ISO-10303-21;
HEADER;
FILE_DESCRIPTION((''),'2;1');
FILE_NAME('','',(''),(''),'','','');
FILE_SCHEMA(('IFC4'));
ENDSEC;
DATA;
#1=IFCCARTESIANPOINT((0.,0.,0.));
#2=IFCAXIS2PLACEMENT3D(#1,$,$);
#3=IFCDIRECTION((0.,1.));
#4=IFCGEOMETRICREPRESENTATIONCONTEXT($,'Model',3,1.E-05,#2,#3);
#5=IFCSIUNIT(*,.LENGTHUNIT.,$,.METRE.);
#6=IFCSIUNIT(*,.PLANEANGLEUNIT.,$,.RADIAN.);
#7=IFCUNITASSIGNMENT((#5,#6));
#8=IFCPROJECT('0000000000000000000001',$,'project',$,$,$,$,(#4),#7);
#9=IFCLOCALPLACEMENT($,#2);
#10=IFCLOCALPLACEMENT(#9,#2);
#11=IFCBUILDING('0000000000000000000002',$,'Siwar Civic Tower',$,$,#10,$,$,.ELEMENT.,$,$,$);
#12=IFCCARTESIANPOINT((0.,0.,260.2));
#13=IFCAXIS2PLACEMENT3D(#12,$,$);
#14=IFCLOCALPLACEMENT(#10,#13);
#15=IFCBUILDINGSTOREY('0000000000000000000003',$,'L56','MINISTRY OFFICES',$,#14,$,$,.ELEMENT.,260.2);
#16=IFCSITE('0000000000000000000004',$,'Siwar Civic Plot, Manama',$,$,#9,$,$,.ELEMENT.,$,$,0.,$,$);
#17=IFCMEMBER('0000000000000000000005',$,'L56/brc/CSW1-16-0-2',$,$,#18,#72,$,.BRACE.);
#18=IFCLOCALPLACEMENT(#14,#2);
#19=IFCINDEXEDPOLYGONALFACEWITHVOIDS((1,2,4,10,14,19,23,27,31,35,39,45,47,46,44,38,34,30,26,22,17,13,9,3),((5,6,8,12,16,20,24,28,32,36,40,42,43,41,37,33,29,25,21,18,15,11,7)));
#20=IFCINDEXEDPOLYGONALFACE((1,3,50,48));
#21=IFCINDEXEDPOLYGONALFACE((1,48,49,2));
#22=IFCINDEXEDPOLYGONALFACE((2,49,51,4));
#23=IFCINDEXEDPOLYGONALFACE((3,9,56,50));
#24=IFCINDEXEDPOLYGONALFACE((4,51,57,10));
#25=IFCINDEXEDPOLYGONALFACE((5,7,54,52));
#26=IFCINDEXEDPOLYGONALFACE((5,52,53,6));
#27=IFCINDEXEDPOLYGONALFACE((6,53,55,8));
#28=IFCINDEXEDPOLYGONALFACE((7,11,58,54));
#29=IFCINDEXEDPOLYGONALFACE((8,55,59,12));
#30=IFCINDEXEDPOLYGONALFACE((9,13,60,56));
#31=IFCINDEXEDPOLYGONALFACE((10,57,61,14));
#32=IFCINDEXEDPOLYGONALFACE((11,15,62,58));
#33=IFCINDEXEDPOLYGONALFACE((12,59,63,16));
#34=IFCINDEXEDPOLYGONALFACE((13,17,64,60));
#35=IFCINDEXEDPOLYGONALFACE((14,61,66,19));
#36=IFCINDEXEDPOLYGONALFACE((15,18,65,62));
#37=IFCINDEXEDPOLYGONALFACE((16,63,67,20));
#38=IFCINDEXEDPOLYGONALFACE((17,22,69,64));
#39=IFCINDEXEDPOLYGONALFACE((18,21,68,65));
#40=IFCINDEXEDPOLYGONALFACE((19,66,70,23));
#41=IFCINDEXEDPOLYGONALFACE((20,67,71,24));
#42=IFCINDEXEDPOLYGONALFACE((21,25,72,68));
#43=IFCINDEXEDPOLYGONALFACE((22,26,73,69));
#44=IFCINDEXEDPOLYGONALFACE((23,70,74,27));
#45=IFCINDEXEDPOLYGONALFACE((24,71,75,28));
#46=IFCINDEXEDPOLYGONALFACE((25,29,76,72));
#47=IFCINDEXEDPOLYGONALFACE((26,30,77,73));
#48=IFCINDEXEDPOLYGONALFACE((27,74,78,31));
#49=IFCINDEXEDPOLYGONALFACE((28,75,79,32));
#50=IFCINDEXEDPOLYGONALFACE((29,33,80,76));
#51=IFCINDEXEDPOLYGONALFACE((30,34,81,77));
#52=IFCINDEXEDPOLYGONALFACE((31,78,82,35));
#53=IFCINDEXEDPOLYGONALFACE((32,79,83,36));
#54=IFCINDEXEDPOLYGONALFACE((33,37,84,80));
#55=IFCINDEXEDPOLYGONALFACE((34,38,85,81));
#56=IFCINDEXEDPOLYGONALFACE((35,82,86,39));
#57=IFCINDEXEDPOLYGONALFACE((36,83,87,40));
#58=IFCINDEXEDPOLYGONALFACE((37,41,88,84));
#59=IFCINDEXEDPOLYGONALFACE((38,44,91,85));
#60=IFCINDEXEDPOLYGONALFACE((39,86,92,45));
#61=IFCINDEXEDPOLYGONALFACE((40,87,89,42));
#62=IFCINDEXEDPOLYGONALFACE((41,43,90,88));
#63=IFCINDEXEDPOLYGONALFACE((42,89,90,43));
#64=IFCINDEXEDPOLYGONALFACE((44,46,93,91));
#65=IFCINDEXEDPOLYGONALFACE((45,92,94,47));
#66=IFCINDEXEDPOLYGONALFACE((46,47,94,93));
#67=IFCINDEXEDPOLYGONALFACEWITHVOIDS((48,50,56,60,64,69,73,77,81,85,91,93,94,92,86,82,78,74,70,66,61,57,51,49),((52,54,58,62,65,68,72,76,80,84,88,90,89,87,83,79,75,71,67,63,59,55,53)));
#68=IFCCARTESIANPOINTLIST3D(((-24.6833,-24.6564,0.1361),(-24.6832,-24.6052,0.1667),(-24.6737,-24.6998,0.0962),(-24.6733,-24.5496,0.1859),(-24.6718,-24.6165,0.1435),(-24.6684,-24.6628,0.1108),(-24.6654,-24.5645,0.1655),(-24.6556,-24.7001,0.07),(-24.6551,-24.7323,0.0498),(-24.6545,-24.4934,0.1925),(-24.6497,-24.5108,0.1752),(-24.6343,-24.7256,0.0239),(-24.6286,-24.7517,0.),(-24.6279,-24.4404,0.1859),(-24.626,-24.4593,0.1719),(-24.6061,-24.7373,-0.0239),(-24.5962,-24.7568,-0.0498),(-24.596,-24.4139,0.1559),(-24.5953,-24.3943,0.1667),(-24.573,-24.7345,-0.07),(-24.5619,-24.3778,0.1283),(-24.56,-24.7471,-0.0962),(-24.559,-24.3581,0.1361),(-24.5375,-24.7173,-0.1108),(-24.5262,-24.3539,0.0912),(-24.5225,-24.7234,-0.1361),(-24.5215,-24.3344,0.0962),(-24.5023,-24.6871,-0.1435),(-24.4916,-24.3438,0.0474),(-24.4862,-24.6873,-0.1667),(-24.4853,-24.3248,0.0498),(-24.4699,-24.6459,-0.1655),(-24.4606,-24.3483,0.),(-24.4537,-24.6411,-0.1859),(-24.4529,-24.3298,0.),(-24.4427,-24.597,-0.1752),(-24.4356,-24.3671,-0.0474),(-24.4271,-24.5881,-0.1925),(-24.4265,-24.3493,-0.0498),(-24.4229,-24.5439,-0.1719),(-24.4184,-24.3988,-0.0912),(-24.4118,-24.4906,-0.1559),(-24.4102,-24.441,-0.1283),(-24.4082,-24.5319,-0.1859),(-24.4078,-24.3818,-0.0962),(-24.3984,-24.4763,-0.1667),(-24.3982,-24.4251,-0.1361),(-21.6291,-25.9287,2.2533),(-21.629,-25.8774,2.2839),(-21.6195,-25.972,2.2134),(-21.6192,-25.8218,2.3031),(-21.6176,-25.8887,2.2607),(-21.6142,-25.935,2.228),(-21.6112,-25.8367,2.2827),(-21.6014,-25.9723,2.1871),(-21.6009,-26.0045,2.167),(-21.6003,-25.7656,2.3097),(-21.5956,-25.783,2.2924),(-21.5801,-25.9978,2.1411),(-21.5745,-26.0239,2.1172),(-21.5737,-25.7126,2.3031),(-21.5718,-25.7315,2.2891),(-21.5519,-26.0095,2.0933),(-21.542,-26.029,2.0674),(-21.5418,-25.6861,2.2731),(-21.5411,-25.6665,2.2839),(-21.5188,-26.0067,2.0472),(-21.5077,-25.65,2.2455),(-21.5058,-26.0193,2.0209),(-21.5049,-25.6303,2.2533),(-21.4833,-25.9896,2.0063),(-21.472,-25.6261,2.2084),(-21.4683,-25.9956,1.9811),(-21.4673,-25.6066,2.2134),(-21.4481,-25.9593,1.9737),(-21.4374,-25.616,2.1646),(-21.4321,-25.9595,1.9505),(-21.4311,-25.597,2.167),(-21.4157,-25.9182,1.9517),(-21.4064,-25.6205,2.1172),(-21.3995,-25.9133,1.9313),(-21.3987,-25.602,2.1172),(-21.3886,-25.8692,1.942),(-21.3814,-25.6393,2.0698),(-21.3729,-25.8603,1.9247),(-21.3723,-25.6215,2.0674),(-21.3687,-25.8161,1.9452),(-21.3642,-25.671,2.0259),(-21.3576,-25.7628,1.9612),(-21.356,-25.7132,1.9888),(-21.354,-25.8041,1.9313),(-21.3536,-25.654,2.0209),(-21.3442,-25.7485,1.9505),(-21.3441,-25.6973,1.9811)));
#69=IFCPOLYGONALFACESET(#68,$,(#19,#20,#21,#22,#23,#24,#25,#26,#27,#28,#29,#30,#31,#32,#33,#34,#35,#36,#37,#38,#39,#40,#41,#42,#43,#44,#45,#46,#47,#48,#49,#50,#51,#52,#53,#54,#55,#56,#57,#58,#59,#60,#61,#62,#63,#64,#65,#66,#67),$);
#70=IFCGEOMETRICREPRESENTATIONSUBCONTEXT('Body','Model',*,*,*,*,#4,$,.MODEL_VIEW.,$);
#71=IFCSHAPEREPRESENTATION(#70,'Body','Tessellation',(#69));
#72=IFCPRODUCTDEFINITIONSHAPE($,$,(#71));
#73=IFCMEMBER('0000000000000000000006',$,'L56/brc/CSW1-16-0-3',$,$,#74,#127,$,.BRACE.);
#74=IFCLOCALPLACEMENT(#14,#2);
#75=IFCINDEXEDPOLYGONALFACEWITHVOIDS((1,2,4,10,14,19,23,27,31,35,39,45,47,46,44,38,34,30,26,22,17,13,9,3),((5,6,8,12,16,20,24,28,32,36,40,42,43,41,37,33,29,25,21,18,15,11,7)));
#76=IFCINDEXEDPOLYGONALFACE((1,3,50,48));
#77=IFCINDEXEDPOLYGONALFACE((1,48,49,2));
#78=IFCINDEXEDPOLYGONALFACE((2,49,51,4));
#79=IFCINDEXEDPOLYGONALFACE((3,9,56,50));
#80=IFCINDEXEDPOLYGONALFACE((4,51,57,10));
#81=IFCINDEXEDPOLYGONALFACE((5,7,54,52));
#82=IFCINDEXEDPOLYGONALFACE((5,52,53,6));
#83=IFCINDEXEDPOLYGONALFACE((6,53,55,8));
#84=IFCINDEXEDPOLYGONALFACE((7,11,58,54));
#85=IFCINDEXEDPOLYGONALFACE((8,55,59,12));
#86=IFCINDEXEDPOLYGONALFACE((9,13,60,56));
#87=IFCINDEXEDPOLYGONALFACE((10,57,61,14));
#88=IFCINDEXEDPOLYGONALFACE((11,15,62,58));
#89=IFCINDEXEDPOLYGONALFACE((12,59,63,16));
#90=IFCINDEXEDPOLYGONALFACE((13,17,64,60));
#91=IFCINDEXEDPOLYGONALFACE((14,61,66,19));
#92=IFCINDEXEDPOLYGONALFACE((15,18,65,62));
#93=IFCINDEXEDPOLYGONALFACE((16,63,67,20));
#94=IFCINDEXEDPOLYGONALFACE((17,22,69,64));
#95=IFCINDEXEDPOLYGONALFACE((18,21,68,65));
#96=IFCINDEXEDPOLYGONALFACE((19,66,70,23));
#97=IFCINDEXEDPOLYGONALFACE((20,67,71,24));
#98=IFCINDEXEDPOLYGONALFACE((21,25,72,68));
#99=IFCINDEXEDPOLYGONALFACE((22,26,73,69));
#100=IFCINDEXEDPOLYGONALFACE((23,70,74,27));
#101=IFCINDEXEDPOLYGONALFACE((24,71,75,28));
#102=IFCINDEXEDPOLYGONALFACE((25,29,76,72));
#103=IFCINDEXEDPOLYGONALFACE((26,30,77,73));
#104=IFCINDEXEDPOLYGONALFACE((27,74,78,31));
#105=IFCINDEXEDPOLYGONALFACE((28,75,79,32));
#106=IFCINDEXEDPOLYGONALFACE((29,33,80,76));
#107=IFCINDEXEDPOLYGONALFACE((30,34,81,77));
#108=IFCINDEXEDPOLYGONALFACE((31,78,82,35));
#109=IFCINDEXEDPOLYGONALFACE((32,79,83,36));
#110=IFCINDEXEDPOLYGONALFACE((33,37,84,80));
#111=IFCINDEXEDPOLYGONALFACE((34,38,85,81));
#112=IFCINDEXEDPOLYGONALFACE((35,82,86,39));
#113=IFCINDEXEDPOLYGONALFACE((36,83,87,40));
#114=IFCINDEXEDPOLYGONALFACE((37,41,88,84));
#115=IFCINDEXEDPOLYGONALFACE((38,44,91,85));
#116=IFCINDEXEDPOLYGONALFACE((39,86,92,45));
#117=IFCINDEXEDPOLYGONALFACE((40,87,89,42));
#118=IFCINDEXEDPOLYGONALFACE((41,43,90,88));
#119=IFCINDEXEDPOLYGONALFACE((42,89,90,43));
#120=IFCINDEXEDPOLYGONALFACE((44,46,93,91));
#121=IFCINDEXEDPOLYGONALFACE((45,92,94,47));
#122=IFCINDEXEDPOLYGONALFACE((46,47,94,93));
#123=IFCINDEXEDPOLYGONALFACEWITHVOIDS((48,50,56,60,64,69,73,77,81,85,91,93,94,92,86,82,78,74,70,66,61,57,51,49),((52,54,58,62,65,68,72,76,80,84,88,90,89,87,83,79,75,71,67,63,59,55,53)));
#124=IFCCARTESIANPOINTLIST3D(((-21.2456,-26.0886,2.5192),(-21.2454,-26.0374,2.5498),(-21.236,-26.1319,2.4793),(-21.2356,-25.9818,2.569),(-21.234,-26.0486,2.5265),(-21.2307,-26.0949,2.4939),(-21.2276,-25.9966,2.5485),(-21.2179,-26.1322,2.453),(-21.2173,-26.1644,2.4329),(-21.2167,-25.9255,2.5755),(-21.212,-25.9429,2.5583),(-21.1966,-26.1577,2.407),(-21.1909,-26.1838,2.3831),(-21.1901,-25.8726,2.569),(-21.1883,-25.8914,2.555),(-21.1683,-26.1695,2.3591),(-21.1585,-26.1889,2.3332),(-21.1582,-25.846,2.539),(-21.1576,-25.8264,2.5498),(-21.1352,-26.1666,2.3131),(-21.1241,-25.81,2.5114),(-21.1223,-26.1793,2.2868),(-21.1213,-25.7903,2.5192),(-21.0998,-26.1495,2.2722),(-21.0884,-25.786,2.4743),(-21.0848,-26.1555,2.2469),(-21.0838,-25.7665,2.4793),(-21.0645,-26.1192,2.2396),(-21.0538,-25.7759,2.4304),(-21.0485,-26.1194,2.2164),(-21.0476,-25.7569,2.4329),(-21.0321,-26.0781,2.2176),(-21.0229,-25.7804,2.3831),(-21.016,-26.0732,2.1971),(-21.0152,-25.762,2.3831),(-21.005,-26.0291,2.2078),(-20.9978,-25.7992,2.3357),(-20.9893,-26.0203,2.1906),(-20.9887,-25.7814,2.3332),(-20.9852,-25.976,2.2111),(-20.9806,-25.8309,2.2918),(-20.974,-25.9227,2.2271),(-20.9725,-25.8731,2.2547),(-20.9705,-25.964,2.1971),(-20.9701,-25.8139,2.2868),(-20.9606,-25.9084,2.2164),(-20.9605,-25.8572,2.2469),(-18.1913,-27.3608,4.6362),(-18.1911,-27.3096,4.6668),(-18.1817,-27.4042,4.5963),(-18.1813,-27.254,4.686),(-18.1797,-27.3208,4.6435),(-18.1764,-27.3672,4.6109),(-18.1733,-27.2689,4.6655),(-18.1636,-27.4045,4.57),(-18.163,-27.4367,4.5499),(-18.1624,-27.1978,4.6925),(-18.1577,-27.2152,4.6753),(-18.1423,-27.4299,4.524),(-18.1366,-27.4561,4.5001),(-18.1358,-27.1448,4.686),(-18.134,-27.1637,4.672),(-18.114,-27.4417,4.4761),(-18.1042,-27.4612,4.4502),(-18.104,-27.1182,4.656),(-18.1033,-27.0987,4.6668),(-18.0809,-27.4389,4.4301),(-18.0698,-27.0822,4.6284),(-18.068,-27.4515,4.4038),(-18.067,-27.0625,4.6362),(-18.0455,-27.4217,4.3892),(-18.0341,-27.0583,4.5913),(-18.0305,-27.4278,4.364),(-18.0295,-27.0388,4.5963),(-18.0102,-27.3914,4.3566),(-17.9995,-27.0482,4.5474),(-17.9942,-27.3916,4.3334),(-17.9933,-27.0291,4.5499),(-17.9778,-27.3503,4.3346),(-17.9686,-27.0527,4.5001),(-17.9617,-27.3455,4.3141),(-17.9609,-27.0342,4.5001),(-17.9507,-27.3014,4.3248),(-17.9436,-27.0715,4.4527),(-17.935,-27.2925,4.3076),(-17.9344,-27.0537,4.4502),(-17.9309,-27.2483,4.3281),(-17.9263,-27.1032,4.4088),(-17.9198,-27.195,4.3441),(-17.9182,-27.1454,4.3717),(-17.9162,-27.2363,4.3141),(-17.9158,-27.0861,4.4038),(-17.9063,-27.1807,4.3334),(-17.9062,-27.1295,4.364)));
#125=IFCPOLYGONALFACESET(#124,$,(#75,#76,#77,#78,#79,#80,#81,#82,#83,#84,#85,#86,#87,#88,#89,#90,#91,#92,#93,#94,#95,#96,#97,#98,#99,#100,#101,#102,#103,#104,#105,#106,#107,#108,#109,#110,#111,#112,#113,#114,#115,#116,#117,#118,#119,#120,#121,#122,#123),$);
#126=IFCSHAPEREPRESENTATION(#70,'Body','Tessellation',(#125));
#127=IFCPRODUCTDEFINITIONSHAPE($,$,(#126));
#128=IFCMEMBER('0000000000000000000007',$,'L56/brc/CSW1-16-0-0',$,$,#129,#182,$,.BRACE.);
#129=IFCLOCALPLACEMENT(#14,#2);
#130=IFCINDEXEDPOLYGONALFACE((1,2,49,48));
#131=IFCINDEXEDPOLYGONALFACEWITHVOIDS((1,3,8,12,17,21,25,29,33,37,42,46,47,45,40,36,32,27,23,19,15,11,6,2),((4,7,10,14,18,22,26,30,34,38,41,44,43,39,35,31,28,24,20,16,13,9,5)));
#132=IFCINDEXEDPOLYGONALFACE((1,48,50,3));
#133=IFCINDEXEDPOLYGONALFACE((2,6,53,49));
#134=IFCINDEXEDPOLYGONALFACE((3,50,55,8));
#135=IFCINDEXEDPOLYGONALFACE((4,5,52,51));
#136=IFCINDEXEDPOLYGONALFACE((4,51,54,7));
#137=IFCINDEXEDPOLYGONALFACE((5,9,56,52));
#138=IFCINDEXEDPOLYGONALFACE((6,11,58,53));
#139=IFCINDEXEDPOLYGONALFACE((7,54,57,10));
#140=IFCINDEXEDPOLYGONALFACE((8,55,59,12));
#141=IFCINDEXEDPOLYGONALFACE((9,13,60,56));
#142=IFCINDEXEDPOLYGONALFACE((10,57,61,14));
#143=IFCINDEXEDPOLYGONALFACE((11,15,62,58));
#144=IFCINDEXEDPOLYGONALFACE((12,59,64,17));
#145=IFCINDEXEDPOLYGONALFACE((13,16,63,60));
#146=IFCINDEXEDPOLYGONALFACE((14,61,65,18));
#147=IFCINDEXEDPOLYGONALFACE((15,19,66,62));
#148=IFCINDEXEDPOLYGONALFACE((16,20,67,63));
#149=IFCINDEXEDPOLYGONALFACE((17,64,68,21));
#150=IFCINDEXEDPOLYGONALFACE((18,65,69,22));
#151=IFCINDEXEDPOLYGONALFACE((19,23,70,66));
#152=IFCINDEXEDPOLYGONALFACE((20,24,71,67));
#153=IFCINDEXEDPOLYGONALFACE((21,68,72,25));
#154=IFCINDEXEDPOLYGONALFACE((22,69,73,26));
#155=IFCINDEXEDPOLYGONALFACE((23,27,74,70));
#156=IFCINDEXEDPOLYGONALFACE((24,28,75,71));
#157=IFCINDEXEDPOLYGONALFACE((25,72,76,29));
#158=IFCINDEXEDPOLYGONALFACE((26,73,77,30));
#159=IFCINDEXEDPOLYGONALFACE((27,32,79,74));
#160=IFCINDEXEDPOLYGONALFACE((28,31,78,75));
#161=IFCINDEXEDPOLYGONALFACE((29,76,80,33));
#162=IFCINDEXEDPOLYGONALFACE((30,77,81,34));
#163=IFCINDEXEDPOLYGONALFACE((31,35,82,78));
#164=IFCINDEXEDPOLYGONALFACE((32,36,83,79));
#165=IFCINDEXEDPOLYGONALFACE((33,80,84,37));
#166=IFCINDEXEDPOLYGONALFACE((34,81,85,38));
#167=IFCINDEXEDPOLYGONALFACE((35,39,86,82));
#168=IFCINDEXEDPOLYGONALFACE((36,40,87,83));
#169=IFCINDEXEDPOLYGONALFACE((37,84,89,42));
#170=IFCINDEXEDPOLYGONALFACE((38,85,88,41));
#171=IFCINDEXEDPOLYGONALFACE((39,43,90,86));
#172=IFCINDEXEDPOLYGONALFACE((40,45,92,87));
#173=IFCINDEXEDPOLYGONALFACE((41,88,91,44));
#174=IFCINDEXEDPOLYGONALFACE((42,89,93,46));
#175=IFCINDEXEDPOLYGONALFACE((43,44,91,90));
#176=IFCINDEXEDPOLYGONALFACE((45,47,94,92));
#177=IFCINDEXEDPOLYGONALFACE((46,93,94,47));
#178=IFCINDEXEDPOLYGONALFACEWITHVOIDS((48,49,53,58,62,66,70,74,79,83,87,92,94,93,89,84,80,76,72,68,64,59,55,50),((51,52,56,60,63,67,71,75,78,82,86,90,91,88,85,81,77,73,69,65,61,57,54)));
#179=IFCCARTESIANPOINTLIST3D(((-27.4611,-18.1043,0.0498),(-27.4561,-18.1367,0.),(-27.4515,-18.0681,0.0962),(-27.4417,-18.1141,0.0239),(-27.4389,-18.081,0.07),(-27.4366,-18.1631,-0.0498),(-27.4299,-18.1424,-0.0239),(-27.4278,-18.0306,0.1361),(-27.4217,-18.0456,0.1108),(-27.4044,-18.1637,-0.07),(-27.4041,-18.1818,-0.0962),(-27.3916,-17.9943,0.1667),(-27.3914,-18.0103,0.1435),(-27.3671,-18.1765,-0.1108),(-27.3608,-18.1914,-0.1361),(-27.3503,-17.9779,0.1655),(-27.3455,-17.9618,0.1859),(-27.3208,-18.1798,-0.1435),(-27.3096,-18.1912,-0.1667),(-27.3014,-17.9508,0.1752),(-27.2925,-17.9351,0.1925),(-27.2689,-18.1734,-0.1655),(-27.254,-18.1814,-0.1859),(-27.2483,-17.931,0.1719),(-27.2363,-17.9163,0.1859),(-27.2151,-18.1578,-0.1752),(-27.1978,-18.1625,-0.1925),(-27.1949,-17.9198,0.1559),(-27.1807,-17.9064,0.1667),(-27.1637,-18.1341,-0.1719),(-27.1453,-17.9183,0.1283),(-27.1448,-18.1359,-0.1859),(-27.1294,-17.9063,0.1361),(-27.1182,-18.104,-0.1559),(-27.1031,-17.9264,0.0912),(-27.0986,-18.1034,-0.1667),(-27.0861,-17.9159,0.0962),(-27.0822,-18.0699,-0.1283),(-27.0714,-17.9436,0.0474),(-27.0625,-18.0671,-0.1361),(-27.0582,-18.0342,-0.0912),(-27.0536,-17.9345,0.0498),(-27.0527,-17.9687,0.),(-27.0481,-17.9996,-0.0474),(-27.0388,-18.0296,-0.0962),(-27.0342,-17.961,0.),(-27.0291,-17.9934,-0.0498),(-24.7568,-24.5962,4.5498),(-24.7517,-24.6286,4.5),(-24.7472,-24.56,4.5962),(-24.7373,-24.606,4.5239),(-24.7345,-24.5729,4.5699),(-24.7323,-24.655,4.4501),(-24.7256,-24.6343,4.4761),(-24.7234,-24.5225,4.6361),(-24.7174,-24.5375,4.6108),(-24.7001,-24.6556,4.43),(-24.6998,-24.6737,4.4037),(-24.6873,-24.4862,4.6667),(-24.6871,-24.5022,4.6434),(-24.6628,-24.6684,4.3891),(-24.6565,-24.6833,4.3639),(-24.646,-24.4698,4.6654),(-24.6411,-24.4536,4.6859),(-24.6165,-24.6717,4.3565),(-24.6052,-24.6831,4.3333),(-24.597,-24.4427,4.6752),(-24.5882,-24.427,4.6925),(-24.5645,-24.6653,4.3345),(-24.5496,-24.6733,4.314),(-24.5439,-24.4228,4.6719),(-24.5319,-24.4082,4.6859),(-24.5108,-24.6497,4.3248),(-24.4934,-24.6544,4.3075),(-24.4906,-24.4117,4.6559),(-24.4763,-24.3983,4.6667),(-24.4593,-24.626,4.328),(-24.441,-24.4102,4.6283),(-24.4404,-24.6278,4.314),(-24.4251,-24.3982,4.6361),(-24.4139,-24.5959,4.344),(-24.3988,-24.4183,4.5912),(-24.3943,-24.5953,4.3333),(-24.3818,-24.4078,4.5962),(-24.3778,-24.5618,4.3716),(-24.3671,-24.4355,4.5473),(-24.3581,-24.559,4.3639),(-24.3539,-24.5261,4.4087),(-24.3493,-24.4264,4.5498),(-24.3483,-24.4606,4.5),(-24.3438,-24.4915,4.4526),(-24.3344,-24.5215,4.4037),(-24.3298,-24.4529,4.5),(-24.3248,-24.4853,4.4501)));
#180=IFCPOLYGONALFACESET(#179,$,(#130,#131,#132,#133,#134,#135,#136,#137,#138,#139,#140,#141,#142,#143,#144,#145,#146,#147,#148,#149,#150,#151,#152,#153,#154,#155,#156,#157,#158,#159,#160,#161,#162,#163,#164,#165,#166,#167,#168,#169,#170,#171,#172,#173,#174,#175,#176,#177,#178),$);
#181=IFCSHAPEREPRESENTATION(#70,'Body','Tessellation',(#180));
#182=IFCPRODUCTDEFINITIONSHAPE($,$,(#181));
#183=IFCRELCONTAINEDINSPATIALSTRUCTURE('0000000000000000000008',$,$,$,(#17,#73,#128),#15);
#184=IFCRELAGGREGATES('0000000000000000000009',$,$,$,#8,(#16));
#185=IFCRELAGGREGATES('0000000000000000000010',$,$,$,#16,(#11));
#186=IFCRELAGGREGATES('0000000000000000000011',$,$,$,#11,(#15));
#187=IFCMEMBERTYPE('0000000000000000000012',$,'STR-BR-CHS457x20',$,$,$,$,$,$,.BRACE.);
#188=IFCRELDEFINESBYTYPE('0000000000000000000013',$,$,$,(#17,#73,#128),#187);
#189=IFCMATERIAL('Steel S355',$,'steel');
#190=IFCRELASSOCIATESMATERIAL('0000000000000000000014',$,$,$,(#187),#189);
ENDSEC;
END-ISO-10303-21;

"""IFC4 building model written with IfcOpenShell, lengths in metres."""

from ifc_helpers import new_model, si_unit, direction, frame, origin, origin_2d, place, context, subcontext, project, spatial, hollow_circle, extrude, material, material_profile, profile_set, type_object, element, save


model = new_model("IFC4")

# Units and contexts
model_context = context("Model", 3, precision=1e-05, world=origin(), true_north=direction((0.0, 1.0)))
body_context = subcontext(model_context, "Body", "Model", "MODEL_VIEW")
ifc_project = project(units=[si_unit("LENGTHUNIT", "METRE"), si_unit("PLANEANGLEUNIT", "RADIAN")], contexts=[model_context])

# Site, building, storey
site_placement = place(None, origin())
site = spatial("IfcSite", under=ifc_project, at=site_placement, Name="Siwar Civic Plot, Manama", CompositionType="ELEMENT", RefElevation=0.0)
building_placement = place(site_placement, origin())
building = spatial("IfcBuilding", under=site, at=building_placement, Name="Siwar Civic Tower", CompositionType="ELEMENT")
storey_placement = place(building_placement, frame((0.0, 0.0, 260.2)))
storey = spatial("IfcBuildingStorey", under=building, at=storey_placement, Name="L56", Description="MINISTRY OFFICES", CompositionType="ELEMENT", Elevation=260.2)

# Members
ifc_material_1 = material(Name="Steel S355", Category="steel")
ifc_material_profile_1 = material_profile(ifc_material_1, hollow_circle(Radius=0.2285, WallThickness=0.02, at=origin_2d()), Name="CHS457x20")
ifc_profile_set_1 = profile_set([ifc_material_profile_1], Name="Steel S355")
member_type_1 = type_object("IfcMemberType", Name="STR-BR-CHS457x20", PredefinedType="BRACE", material=ifc_profile_set_1)
for number, where, z_axis, x_axis, name in (
    (1, (-24.5408, -24.5408, 0.0), (0.777546, -0.323884, 0.538999), (0.384521, 0.923116, 0.0), "L56/brc/CSW1-16-0-2"),
    (2, (-21.103, -25.9729, 2.3831), (0.777572, -0.323895, 0.538955), (0.384521, 0.923116, 0.0), "L56/brc/CSW1-16-0-3"),
):
    element("IfcMember", number, at=place(storey_placement, frame(where, z_axis=z_axis, x_axis=x_axis)), inside=storey, type_object=member_type_1, Name=name, PredefinedType="BRACE", context=body_context, shape_type="SweptSolid", body=[
        extrude(hollow_circle(Radius=0.2285, WallThickness=0.02, at=origin_2d()), origin(), (0.0, 0.0, 1.0), 3.928),
    ])
member_1_placement = place(storey_placement, frame((-27.2451, -18.0488, 0.0), z_axis=(0.323906, -0.777555, 0.538975), x_axis=(0.923109, 0.384539, 0.0)))
element("IfcMember", 3, at=member_1_placement, inside=storey, type_object=member_type_1, Name="L56/brc/CSW1-16-0-0", PredefinedType="BRACE", context=body_context, shape_type="SweptSolid", body=[
    extrude(hollow_circle(Radius=0.2285, WallThickness=0.02, at=origin_2d()), origin(), (0.0, 0.0, 1.0), 8.3491),
])

save(model, "model.ifc")
